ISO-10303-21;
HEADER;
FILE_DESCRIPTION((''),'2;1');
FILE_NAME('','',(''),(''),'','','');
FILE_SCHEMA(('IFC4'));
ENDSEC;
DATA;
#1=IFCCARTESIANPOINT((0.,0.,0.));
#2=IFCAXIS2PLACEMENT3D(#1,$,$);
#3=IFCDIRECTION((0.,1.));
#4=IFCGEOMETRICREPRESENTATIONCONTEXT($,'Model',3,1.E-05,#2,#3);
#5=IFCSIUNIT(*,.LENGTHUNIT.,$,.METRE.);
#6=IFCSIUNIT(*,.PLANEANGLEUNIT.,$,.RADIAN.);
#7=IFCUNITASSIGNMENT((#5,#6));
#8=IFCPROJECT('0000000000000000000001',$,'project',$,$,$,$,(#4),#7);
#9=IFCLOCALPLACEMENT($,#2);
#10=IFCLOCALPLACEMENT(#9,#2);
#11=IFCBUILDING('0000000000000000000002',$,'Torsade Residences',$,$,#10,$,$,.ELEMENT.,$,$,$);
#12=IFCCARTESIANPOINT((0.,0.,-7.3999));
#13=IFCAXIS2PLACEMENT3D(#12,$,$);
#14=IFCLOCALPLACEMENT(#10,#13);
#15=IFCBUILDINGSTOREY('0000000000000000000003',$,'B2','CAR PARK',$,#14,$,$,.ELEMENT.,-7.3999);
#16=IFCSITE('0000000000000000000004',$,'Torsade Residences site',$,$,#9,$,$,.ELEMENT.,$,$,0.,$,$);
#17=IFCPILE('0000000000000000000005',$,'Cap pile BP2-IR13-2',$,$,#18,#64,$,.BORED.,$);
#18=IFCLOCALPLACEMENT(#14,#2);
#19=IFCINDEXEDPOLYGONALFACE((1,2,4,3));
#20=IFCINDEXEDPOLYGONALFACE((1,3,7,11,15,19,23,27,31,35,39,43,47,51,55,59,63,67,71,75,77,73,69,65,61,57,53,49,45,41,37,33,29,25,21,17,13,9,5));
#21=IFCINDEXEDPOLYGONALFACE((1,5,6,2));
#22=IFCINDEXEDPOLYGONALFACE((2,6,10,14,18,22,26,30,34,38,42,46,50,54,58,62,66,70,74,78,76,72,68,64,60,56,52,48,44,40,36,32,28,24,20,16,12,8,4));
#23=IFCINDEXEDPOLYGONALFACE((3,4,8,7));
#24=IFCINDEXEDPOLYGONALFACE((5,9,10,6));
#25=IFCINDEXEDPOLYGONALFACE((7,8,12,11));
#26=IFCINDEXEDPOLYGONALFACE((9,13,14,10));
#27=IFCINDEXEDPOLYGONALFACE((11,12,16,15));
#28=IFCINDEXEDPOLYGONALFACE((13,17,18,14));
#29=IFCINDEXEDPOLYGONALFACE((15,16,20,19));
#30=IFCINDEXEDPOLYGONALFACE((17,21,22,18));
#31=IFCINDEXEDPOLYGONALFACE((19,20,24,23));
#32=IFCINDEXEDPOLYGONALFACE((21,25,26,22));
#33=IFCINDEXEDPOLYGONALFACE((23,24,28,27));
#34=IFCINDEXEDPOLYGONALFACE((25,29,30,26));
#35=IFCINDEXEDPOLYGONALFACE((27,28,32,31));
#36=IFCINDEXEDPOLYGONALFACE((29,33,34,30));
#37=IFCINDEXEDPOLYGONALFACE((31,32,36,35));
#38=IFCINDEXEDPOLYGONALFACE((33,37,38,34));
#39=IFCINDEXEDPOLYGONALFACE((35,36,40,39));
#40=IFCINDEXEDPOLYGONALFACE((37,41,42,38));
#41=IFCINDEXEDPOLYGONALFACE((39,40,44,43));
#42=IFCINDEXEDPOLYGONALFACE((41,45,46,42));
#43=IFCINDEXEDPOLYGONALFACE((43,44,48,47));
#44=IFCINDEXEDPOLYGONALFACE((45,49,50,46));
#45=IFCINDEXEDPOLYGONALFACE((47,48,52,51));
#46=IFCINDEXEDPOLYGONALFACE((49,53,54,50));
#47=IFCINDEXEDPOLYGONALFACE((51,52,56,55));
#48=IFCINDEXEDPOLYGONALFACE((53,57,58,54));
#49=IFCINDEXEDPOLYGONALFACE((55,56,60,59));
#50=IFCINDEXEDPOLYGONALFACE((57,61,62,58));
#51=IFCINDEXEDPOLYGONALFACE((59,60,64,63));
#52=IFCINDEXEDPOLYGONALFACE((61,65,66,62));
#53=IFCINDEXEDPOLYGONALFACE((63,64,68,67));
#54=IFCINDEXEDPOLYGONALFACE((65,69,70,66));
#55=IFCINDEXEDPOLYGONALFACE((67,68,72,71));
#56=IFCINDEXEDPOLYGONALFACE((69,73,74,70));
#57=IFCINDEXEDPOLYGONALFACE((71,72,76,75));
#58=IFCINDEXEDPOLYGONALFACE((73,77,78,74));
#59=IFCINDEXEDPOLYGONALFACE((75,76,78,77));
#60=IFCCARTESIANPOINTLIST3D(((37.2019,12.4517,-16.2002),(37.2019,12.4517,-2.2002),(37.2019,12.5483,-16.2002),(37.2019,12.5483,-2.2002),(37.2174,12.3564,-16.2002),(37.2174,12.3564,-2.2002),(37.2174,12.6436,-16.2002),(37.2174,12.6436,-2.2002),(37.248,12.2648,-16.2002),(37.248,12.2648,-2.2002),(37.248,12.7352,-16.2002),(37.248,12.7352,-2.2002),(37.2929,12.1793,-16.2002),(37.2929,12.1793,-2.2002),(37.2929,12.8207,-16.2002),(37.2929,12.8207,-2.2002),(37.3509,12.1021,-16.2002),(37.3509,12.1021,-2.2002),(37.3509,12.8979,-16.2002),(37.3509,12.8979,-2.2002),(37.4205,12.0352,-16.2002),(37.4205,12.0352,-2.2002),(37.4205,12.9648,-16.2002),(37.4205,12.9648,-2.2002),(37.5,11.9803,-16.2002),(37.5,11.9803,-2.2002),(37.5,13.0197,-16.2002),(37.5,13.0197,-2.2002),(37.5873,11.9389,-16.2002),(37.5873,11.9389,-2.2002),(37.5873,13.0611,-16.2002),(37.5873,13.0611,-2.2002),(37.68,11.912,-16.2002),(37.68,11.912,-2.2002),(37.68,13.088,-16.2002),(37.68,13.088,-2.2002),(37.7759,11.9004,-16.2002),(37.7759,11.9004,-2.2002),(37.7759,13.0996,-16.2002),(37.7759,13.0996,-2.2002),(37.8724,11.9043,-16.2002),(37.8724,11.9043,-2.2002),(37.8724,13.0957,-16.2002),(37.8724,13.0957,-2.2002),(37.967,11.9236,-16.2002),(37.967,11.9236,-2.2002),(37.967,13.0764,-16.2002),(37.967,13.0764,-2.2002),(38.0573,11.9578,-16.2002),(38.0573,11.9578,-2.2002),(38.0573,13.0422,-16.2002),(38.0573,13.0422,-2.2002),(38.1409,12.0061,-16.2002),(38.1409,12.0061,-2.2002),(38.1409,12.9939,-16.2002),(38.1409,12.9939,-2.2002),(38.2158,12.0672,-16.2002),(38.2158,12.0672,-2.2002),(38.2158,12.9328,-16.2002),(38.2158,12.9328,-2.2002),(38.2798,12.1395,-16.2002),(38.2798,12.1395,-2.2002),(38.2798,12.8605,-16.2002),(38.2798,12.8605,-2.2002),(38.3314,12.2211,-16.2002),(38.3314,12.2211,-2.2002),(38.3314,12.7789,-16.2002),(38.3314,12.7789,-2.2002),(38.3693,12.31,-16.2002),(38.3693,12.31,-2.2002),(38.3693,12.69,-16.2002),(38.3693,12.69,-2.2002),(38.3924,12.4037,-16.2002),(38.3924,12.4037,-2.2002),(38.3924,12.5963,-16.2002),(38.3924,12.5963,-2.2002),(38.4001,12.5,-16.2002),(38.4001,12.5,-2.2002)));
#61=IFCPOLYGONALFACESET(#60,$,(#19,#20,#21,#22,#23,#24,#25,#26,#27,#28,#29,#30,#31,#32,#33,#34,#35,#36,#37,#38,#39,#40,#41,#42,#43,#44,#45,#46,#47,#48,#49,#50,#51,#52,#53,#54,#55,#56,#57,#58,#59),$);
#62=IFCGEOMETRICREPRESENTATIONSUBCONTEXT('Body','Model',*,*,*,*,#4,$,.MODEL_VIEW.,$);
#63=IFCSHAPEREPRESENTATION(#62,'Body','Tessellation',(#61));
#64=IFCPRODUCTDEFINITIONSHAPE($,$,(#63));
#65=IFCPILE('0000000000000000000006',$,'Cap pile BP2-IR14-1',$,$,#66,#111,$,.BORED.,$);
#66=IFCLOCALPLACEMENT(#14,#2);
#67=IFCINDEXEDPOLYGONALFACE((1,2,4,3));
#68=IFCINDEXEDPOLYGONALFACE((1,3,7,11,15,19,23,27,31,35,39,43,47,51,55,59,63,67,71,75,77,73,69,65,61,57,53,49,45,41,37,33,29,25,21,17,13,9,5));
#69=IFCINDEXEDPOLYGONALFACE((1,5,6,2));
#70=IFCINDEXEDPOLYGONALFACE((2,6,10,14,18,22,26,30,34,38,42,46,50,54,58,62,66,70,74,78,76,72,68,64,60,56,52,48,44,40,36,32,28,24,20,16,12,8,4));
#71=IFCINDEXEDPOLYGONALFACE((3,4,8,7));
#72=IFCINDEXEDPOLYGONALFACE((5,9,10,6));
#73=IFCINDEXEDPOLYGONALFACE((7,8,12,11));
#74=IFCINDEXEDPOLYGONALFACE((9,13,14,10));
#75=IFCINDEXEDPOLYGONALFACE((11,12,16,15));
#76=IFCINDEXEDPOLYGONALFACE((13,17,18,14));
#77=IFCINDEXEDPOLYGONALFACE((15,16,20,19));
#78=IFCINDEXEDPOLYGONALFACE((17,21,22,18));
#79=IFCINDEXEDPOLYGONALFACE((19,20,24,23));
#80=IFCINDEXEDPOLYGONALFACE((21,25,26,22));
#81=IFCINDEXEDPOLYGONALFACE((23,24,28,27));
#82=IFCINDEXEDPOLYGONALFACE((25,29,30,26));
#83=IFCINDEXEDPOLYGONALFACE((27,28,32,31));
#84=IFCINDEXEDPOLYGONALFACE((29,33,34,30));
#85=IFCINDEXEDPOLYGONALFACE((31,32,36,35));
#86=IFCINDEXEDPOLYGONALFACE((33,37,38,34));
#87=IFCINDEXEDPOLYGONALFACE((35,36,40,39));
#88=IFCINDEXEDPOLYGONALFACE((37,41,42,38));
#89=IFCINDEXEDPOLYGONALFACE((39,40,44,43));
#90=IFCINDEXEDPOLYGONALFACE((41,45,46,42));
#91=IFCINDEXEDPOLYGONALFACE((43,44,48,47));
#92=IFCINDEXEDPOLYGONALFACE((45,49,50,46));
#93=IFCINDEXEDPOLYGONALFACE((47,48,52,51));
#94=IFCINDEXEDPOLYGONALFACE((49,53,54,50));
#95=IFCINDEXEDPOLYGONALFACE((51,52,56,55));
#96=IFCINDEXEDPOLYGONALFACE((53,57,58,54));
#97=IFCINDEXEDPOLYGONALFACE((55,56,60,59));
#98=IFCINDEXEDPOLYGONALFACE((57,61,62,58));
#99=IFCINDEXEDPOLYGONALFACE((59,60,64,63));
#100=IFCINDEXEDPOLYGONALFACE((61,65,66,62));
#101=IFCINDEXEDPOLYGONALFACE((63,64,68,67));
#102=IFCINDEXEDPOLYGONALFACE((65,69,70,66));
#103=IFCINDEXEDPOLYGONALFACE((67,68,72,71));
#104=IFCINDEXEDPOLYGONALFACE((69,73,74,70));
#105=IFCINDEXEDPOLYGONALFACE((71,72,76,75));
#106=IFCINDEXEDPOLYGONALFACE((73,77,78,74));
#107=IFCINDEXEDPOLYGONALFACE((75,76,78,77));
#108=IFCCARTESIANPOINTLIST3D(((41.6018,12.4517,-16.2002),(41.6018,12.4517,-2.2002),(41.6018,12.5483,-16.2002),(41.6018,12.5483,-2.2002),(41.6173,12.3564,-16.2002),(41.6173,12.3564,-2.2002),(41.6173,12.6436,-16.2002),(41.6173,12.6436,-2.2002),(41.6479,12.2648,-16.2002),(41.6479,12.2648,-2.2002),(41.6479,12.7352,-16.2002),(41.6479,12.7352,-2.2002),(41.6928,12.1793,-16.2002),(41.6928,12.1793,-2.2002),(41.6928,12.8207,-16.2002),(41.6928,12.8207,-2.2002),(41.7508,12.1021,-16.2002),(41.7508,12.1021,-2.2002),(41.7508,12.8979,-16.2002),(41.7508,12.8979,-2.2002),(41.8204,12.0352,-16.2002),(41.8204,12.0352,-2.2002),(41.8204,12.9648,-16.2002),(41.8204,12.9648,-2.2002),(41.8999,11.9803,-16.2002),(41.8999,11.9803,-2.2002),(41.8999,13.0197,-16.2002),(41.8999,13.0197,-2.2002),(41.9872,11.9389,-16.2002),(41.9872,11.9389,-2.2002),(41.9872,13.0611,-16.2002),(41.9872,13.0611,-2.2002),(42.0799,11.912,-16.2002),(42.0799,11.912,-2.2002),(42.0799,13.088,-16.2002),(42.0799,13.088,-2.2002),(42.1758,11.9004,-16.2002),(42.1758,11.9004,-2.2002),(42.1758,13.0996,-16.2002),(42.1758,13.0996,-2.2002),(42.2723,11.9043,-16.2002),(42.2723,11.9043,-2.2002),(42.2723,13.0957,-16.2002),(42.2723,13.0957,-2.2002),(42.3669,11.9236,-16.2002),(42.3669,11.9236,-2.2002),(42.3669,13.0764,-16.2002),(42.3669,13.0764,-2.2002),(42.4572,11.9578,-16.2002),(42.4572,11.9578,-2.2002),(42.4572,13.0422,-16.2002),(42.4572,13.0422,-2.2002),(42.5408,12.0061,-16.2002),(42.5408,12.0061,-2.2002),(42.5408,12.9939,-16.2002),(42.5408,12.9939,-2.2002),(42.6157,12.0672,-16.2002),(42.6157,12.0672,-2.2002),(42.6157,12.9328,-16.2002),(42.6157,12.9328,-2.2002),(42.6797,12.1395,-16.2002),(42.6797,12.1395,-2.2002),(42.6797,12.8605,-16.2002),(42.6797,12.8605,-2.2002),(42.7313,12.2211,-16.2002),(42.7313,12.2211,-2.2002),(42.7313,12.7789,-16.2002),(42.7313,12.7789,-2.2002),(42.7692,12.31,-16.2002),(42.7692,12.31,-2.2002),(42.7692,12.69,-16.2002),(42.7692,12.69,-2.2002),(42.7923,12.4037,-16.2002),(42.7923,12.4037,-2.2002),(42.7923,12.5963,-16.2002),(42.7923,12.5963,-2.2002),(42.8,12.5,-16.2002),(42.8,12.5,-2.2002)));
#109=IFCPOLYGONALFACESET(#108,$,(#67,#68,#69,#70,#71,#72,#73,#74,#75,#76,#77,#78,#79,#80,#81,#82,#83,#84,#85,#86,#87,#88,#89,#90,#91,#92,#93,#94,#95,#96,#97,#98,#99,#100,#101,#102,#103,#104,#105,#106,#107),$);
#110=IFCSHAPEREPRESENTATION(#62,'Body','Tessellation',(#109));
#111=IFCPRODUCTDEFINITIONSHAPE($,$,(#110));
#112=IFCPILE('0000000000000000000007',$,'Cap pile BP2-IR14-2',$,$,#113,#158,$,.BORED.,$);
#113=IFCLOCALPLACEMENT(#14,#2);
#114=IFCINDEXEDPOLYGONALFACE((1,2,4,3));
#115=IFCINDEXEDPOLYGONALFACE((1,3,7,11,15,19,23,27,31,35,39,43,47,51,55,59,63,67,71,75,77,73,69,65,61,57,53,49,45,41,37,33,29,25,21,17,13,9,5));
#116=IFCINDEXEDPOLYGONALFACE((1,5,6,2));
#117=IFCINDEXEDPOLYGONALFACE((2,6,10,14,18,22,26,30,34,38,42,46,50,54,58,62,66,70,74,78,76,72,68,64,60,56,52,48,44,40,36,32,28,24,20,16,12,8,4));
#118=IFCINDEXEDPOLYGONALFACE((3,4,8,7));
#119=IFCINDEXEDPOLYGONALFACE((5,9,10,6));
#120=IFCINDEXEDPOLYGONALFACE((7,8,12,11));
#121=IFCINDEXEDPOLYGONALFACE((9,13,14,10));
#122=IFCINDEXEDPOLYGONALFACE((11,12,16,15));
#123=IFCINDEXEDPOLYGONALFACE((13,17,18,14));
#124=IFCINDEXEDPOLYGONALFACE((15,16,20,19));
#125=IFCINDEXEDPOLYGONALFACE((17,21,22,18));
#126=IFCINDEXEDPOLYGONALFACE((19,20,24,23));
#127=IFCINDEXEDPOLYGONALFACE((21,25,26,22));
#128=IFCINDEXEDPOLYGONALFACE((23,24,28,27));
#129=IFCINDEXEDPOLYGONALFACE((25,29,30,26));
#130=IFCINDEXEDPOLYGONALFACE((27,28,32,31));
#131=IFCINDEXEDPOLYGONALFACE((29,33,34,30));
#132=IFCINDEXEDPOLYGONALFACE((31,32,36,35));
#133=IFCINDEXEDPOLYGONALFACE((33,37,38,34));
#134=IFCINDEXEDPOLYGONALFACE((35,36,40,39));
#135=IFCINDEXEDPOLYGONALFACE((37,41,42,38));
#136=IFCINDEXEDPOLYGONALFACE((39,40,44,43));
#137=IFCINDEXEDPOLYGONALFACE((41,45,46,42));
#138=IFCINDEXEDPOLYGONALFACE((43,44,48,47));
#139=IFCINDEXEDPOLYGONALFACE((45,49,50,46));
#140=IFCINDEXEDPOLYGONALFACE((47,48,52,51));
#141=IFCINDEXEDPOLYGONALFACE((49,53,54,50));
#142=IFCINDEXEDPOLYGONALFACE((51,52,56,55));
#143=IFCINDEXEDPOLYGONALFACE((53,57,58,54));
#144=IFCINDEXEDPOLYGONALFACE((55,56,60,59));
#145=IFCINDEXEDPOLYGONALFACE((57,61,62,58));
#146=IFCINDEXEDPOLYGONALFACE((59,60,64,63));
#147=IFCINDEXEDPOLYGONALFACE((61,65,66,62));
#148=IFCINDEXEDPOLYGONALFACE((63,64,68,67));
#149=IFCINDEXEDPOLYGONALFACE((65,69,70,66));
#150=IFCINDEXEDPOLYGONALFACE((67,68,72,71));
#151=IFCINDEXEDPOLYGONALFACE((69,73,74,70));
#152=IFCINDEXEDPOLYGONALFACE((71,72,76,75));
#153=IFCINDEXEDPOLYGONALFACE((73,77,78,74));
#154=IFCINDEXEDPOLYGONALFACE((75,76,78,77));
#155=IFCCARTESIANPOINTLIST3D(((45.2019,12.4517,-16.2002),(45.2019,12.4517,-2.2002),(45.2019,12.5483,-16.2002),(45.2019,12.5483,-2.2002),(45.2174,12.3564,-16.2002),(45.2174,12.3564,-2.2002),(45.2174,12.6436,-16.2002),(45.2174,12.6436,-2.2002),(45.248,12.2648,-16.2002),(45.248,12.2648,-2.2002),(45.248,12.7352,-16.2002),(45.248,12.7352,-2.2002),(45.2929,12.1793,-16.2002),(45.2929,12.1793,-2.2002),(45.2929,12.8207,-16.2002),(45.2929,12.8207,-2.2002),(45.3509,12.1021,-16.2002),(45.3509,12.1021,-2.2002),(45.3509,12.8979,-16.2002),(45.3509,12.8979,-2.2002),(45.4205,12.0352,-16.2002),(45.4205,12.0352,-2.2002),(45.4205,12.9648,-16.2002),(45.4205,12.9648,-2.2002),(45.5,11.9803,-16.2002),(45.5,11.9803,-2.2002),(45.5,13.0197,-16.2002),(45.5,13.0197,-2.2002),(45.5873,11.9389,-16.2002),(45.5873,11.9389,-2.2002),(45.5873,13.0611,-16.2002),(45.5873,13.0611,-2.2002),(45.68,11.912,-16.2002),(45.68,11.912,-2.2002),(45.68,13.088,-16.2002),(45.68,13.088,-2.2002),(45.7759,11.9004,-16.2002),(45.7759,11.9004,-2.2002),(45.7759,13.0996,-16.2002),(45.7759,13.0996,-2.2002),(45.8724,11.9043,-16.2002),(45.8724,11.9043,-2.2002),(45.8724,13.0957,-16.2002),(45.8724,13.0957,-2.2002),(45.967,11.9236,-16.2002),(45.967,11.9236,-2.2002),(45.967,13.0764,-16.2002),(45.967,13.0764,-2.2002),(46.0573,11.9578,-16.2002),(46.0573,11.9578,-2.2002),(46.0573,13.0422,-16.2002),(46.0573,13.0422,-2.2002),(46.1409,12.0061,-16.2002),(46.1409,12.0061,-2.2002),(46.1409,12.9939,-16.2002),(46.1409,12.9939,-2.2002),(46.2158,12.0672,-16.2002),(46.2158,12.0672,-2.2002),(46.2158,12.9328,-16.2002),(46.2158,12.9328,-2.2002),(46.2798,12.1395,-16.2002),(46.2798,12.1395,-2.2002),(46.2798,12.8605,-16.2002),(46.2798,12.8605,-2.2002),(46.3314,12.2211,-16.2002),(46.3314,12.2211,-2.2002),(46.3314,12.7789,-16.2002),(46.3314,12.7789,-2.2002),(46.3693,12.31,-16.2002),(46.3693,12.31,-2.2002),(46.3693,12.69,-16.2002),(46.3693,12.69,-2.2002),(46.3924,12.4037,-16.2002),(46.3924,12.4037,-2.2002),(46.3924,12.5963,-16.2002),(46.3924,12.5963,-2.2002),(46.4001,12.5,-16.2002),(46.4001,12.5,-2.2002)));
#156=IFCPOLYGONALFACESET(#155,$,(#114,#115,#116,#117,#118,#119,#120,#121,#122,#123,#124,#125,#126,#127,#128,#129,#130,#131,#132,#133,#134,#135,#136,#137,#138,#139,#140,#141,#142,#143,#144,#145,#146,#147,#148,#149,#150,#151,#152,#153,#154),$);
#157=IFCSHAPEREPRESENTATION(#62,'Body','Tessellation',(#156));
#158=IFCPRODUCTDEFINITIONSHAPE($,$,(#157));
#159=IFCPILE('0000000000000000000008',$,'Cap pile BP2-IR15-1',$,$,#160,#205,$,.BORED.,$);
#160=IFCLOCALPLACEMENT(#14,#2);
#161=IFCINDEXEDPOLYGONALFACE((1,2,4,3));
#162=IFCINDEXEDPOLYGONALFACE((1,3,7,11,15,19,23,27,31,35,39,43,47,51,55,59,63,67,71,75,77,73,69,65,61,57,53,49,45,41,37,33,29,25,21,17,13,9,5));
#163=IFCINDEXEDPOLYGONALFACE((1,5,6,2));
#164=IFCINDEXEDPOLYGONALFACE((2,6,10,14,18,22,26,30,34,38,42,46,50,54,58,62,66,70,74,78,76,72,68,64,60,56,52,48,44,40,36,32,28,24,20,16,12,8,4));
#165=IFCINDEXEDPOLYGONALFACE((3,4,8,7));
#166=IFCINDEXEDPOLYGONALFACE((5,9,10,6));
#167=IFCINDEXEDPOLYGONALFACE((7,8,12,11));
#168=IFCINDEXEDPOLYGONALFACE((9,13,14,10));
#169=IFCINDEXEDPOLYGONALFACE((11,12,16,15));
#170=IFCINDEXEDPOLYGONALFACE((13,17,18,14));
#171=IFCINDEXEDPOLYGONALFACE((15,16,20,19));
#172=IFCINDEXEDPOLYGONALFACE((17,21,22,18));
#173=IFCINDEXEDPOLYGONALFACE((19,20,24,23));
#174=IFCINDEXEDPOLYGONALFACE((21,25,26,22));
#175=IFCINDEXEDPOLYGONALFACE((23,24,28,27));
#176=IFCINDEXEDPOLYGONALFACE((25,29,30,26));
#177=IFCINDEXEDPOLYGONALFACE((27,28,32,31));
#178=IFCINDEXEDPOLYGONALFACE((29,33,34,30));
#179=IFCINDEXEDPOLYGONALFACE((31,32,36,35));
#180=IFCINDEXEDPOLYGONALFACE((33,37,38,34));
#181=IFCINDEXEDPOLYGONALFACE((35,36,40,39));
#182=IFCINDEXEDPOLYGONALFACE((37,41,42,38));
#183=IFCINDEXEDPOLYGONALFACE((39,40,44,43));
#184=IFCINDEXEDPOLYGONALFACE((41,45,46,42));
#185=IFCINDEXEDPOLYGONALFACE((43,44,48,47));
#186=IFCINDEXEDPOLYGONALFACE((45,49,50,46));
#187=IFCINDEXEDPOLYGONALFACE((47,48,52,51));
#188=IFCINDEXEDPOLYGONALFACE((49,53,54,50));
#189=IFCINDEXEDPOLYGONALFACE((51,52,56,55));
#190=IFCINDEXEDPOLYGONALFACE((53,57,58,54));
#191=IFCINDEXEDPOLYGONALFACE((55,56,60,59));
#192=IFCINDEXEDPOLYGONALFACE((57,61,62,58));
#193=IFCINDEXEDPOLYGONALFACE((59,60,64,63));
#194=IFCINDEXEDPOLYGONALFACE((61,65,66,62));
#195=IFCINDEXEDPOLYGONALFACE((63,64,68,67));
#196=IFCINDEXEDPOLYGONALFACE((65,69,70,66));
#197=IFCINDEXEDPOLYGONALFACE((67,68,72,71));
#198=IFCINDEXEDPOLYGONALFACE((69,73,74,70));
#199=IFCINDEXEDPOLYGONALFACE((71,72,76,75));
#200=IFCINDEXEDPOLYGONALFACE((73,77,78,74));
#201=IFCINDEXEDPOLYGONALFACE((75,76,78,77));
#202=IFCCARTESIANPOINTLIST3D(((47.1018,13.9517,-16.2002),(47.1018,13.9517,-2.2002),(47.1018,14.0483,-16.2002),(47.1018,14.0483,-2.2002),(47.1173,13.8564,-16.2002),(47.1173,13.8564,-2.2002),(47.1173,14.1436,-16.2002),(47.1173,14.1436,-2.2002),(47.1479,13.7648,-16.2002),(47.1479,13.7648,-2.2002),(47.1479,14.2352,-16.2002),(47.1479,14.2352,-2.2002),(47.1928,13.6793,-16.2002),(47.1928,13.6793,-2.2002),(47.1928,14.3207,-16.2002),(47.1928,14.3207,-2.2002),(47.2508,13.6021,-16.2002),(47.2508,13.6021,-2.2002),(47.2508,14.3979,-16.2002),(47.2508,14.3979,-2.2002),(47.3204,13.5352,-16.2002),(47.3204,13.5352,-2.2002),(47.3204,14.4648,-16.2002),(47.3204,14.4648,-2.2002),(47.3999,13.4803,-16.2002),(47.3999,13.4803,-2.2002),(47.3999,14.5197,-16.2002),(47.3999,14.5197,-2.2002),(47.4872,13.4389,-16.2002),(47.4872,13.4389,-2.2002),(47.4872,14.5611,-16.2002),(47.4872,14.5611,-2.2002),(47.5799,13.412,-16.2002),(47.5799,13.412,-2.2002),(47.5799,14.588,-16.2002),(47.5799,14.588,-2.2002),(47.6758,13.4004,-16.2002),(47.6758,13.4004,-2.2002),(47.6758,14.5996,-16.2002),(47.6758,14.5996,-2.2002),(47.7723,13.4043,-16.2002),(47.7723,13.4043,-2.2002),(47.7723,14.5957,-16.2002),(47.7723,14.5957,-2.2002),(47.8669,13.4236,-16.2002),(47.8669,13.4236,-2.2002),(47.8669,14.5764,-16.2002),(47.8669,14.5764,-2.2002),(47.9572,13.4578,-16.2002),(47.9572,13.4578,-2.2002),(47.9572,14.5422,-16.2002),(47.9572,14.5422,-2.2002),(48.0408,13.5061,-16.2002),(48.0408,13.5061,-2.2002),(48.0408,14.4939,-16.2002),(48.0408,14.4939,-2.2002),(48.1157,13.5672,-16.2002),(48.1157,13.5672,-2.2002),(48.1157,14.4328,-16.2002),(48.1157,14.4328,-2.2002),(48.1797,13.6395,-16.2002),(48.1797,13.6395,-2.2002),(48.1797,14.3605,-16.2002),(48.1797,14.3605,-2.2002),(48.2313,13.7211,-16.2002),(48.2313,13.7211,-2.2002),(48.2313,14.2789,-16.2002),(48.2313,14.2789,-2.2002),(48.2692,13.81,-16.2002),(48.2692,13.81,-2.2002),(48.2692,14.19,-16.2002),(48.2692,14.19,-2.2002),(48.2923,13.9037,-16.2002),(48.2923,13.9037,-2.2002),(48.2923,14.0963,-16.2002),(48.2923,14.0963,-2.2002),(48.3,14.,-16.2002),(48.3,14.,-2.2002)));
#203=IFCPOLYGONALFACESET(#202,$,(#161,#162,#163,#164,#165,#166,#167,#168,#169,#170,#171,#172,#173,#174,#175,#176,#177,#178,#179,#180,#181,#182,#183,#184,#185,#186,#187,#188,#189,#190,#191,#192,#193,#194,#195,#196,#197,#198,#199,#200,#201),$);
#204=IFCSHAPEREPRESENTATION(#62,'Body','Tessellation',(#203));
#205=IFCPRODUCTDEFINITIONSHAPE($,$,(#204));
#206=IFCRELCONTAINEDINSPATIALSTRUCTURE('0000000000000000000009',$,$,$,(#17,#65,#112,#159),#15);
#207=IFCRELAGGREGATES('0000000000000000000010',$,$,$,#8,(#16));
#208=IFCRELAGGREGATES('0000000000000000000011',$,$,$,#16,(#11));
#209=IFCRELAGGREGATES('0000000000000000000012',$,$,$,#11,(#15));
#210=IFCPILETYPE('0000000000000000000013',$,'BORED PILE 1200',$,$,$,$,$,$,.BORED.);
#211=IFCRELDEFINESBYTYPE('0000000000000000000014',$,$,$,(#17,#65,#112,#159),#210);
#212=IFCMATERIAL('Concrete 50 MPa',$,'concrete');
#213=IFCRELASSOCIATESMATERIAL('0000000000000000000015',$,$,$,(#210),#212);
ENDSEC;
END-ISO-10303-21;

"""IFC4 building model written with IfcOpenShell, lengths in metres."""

from ifc_helpers import new_model, si_unit, direction, frame, origin, origin_2d, place, context, subcontext, project, spatial, circle, extrude, material, type_object, element, save


model = new_model("IFC4")

# Units and contexts
model_context = context("Model", 3, precision=1e-05, world=origin(), true_north=direction((0.0, 1.0)))
body_context = subcontext(model_context, "Body", "Model", "MODEL_VIEW")
ifc_project = project(units=[si_unit("LENGTHUNIT", "METRE"), si_unit("PLANEANGLEUNIT", "RADIAN")], contexts=[model_context])

# Site, building, storey
site_placement = place(None, origin())
site = spatial("IfcSite", under=ifc_project, at=site_placement, Name="Torsade Residences site", CompositionType="ELEMENT", RefElevation=0.0)
building_placement = place(site_placement, origin())
building = spatial("IfcBuilding", under=site, at=building_placement, Name="Torsade Residences", CompositionType="ELEMENT")
storey_placement = place(building_placement, frame((0.0, 0.0, -7.3999)))
storey = spatial("IfcBuildingStorey", under=building, at=storey_placement, Name="B2", Description="CAR PARK", CompositionType="ELEMENT", Elevation=-7.3999)

# Piles
ifc_material_1 = material(Name="Concrete 50 MPa", Category="concrete")
pile_type_1 = type_object("IfcPileType", Name="BORED PILE 1200", PredefinedType="BORED", material=ifc_material_1)
for number, where, z_axis, x_axis, name in (
    (1, (37.8, 12.5, -2.2002), (0.0, 0.0, -1.0), (1.0, 0.0, 0.0), "Cap pile BP2-IR13-2"),
    (2, (42.2, 12.5, -2.2002), (0.0, 0.0, -1.0), (1.0, 0.0, 0.0), "Cap pile BP2-IR14-1"),
    (3, (45.8, 12.5, -2.2002), (0.0, 0.0, -1.0), (1.0, 0.0, 0.0), "Cap pile BP2-IR14-2"),
    (4, (47.7, 14.0, -2.2002), (0.0, 0.0, -1.0), (1.0, 0.0, 0.0), "Cap pile BP2-IR15-1"),
):
    element("IfcPile", number, at=place(storey_placement, frame(where, z_axis=z_axis, x_axis=x_axis)), inside=storey, type_object=pile_type_1, Name=name, PredefinedType="BORED", context=body_context, shape_type="SweptSolid", body=[
        extrude(circle(Radius=0.6001, at=origin_2d()), origin(), (0.0, 0.0, 1.0), 14.0),
    ])

save(model, "model.ifc")
